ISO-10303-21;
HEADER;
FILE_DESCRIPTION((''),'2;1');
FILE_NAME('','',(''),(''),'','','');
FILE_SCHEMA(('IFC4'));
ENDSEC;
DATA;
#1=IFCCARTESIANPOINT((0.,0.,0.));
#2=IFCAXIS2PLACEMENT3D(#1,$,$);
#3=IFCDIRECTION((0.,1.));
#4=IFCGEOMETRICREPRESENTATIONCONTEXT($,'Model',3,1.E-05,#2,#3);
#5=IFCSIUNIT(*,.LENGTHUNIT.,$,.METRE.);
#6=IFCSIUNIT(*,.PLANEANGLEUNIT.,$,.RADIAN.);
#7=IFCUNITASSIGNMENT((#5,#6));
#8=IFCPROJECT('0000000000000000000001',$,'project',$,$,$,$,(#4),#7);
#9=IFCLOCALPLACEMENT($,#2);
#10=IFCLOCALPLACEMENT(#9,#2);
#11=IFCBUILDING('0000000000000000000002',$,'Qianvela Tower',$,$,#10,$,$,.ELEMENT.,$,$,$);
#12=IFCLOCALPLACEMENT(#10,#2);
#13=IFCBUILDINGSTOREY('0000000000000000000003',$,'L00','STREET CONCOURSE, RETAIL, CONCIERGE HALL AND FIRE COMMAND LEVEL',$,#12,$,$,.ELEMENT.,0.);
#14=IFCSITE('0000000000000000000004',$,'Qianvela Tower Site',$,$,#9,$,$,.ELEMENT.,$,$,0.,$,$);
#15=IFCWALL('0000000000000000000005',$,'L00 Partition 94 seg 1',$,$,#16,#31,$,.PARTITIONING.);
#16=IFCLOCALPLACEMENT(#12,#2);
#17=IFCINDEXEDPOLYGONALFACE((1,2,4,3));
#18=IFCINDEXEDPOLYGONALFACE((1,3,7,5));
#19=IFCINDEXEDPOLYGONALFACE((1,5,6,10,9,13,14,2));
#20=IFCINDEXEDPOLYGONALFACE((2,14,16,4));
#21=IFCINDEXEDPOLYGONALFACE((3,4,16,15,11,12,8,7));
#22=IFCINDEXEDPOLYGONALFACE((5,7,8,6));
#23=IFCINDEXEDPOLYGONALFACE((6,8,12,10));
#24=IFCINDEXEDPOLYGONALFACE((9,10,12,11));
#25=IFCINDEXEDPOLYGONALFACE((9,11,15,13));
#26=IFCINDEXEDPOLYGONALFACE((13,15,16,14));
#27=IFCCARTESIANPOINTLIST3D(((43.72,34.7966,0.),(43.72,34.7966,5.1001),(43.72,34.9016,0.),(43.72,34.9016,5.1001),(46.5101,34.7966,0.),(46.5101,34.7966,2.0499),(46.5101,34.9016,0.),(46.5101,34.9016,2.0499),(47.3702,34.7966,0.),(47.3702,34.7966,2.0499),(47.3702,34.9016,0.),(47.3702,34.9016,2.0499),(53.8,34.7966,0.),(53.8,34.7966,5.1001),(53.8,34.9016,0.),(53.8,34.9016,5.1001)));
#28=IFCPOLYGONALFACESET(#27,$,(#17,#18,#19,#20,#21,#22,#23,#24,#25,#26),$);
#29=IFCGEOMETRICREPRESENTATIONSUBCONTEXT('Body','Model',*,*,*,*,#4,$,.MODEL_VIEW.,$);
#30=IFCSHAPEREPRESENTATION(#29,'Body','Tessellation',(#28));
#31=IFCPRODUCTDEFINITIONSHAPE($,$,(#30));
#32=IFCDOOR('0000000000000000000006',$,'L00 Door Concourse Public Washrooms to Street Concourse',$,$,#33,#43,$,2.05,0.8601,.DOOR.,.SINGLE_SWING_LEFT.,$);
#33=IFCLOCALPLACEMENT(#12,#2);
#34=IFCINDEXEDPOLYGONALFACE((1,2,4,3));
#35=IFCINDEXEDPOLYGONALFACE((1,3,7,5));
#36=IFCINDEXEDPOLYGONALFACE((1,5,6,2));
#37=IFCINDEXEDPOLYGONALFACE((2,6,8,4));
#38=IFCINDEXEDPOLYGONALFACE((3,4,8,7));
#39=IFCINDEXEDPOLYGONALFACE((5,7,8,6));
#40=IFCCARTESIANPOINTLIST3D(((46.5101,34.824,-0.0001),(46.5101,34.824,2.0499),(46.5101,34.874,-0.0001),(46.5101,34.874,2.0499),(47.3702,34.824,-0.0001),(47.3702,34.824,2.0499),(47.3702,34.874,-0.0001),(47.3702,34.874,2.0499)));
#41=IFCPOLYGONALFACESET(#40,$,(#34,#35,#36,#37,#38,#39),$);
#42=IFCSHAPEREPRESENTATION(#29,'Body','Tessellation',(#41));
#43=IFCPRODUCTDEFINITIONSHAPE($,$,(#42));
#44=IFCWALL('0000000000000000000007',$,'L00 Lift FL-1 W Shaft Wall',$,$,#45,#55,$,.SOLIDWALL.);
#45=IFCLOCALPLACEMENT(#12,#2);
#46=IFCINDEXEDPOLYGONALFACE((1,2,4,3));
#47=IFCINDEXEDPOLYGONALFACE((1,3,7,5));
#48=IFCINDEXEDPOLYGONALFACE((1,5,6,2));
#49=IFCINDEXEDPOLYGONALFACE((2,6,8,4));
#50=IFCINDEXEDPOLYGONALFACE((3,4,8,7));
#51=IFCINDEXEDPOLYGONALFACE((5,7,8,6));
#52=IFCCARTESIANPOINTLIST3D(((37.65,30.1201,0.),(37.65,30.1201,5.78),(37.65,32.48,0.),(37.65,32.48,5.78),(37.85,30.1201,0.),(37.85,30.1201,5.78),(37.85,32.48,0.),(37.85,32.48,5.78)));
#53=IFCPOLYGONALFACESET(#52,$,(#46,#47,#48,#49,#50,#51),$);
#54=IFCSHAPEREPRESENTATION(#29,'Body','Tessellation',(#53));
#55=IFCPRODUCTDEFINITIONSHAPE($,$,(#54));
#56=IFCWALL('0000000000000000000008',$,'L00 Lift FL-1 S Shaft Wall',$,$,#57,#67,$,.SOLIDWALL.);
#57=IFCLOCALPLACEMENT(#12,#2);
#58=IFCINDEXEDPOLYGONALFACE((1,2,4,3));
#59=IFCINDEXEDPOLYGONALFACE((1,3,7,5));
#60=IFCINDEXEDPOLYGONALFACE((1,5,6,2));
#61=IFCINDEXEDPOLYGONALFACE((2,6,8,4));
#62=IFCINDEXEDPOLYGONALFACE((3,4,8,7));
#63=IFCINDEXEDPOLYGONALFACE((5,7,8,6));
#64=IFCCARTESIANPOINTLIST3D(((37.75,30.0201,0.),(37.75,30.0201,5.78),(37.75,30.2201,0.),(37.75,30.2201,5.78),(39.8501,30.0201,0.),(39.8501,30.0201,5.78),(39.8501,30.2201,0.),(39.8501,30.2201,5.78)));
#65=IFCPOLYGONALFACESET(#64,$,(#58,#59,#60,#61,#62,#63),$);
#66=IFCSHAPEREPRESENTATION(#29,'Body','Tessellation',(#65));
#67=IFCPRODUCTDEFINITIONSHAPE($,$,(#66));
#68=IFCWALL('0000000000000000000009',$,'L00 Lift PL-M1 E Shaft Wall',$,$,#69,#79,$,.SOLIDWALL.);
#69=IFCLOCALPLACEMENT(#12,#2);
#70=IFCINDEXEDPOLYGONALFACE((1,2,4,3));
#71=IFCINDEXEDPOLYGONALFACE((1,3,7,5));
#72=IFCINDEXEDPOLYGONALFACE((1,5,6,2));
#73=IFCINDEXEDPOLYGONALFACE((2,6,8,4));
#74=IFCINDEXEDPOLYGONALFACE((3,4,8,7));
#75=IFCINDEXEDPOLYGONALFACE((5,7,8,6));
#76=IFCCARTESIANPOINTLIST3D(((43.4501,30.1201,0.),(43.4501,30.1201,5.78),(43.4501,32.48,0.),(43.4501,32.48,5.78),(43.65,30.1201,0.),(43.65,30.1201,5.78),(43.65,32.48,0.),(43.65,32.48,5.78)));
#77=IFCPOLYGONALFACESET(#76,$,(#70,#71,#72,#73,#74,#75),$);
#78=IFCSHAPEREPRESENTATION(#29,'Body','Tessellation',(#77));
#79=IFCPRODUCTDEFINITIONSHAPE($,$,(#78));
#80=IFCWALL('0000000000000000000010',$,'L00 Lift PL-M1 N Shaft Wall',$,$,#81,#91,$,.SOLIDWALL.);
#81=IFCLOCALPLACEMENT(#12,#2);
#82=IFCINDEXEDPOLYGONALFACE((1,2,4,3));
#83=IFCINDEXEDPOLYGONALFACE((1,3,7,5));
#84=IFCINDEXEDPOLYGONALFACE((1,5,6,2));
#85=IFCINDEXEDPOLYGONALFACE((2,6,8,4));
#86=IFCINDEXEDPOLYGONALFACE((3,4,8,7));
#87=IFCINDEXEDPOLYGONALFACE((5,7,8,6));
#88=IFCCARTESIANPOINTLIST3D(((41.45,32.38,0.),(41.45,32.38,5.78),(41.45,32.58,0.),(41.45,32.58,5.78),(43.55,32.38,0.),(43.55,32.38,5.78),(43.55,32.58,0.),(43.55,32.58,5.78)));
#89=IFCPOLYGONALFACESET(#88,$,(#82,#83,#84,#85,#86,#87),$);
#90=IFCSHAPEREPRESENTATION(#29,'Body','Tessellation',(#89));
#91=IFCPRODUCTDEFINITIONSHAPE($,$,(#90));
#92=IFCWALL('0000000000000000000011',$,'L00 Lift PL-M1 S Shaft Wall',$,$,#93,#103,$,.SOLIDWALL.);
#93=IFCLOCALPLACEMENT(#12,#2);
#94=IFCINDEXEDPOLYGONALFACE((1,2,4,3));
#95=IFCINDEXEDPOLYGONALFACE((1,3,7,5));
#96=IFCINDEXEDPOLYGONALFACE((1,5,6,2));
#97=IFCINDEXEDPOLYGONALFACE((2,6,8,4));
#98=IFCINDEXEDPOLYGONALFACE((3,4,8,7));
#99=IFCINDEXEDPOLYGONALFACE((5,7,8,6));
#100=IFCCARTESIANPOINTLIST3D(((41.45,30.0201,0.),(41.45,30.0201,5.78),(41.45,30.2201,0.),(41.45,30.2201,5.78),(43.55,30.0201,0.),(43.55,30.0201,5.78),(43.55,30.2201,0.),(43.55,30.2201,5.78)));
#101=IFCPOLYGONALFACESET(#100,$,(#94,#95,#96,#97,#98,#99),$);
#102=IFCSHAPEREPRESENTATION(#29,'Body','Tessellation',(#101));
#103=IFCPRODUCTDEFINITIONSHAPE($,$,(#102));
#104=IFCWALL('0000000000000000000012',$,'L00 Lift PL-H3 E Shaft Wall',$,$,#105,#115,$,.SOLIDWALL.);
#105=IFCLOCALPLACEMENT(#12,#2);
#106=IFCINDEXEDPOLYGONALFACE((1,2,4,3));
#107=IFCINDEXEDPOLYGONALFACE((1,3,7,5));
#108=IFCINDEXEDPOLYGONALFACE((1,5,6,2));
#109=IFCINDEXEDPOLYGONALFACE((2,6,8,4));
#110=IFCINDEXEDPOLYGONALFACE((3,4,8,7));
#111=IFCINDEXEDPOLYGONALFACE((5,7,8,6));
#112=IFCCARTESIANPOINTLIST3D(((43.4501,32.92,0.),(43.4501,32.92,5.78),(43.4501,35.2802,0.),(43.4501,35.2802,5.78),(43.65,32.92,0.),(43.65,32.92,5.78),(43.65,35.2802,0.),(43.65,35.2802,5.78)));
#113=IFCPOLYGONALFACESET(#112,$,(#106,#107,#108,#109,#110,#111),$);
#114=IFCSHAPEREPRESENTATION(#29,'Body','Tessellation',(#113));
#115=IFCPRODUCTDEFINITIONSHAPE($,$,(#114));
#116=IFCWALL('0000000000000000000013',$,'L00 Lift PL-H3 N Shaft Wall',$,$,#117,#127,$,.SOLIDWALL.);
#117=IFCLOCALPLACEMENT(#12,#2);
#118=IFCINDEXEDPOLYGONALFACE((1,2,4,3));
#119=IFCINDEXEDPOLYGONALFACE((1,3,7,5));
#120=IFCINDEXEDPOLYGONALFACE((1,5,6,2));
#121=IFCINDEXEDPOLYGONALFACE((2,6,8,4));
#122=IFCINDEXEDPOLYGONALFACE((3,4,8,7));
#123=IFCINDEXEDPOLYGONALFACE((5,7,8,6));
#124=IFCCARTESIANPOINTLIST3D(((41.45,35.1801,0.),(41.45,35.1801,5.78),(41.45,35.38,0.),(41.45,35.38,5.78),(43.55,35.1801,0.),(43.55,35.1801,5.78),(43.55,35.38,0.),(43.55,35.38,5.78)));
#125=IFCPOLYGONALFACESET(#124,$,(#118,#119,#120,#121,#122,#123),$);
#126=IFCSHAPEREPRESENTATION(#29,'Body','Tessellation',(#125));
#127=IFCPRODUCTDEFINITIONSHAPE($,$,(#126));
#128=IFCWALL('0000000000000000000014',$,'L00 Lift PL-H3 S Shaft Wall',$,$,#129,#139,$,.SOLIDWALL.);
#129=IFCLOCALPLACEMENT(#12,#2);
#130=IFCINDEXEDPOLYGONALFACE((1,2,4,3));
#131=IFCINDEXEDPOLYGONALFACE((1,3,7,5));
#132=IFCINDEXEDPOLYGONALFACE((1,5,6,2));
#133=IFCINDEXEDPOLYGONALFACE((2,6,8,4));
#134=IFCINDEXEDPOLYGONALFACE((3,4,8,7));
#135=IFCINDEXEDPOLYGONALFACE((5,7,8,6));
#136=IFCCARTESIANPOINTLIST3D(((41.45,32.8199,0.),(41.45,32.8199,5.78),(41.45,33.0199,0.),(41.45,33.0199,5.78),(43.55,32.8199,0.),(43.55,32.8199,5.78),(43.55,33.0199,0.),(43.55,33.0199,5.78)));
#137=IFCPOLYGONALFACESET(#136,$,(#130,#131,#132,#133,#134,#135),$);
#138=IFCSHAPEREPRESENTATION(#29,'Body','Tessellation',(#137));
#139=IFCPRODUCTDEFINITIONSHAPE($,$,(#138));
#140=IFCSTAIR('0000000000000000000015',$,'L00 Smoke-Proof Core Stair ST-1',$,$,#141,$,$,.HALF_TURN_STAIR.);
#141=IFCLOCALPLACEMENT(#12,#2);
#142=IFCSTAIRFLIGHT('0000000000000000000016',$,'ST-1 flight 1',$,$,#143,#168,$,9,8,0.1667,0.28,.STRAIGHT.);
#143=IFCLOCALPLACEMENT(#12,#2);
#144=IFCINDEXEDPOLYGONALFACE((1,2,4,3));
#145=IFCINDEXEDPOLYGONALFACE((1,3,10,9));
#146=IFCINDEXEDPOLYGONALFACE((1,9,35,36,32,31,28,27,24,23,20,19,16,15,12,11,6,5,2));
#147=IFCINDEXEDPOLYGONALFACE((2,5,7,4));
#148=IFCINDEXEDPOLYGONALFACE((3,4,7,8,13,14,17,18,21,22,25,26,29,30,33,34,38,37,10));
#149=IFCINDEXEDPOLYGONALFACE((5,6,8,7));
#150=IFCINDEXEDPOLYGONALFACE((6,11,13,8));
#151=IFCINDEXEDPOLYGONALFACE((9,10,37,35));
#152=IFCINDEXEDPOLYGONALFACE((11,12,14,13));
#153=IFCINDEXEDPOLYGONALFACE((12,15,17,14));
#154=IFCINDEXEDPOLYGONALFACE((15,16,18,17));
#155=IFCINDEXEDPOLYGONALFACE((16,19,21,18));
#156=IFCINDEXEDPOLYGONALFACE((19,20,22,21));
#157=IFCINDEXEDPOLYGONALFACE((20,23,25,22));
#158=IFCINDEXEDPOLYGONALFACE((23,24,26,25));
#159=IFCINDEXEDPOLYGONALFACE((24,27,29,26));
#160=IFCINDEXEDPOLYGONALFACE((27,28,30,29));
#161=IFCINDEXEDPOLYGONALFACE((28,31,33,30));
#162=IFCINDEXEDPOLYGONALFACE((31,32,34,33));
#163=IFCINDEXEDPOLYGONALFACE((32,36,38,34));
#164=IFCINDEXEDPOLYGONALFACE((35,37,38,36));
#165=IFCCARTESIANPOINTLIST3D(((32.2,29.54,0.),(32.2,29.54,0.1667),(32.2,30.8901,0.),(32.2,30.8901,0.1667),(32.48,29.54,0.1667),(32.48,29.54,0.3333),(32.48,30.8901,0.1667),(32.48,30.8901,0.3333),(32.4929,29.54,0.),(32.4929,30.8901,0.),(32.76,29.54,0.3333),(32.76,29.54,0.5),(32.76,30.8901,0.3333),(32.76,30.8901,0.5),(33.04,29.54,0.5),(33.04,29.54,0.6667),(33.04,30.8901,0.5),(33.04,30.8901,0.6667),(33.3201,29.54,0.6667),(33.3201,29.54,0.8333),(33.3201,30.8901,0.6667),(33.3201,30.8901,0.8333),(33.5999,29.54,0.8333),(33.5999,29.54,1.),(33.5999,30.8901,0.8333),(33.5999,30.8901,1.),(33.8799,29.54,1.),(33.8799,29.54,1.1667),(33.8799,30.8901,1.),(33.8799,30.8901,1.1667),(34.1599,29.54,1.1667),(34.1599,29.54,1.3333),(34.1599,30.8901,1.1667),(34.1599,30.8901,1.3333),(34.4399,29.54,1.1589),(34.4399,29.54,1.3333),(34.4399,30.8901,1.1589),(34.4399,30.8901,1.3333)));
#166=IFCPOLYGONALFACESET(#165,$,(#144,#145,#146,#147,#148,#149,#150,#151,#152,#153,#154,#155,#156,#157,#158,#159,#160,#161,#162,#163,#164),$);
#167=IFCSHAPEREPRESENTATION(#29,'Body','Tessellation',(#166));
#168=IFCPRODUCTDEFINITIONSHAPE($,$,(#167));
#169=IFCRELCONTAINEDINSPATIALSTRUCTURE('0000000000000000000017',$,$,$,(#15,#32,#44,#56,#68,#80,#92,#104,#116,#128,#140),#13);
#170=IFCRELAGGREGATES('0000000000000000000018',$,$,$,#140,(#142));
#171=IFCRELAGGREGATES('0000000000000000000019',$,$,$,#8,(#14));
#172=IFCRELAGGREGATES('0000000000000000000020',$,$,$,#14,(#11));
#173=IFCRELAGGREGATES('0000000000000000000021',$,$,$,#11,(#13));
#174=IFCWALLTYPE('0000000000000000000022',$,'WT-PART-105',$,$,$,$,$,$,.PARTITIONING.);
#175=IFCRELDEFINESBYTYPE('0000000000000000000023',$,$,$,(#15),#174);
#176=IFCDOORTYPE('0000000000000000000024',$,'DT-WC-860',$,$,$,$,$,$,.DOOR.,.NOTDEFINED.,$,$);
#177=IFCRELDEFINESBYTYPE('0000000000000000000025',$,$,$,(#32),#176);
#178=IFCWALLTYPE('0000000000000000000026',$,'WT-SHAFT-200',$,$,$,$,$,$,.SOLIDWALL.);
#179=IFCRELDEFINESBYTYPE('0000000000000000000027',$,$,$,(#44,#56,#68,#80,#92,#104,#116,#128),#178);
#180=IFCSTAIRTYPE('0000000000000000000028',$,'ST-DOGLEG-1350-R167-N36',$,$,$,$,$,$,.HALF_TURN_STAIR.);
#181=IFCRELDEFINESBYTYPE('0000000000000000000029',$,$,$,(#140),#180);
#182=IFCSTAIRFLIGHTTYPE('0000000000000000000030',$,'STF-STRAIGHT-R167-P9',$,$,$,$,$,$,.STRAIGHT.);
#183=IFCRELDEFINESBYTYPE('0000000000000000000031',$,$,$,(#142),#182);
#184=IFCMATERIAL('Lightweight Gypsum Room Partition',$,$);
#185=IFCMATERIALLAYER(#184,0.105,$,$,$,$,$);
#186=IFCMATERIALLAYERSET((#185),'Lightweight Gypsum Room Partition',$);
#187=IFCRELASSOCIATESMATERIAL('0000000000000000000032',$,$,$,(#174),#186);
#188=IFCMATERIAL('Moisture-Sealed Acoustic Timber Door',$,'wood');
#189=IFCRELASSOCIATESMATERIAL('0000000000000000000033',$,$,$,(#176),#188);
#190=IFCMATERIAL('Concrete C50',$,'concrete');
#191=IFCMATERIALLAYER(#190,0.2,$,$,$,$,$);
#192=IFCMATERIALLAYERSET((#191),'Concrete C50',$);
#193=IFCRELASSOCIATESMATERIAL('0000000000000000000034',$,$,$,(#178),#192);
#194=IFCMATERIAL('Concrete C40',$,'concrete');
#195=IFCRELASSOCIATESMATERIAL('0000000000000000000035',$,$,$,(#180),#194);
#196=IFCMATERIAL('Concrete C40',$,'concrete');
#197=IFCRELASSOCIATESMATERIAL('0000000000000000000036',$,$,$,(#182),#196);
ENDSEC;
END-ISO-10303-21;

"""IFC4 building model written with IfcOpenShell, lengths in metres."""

from ifc_helpers import new_model, si_unit, direction, frame, frame_2d, origin, place, context, subcontext, project, spatial, polyline, rectangle, outline, extrude, material, layer, layer_set, type_object, element, fill, aggregate, save


model = new_model("IFC4")

# Units and contexts
model_context = context("Model", 3, precision=1e-05, world=origin(), true_north=direction((0.0, 1.0)))
body_context = subcontext(model_context, "Body", "Model", "MODEL_VIEW")
ifc_project = project(units=[si_unit("LENGTHUNIT", "METRE"), si_unit("PLANEANGLEUNIT", "RADIAN")], contexts=[model_context])

# Site, building, storey
site_placement = place(None, origin())
site = spatial("IfcSite", under=ifc_project, at=site_placement, Name="Qianvela Tower Site", CompositionType="ELEMENT", RefElevation=0.0)
building_placement = place(site_placement, origin())
building = spatial("IfcBuilding", under=site, at=building_placement, Name="Qianvela Tower", CompositionType="ELEMENT")
storey_placement = place(building_placement, origin())
storey = spatial("IfcBuildingStorey", under=building, at=storey_placement, Name="L00", Description="STREET CONCOURSE, RETAIL, CONCIERGE HALL AND FIRE COMMAND LEVEL", CompositionType="ELEMENT", Elevation=0.0)

# Wall, opening, door
ifc_material_1 = material(Name="Lightweight Gypsum Room Partition")
ifc_layer_1 = layer(ifc_material_1, 0.105)
ifc_layer_set_1 = layer_set([ifc_layer_1], Name="Lightweight Gypsum Room Partition")
wall_type_1 = type_object("IfcWallType", Name="WT-PART-105", PredefinedType="PARTITIONING", material=ifc_layer_set_1)
wall_1_placement = place(storey_placement, frame((43.72, 34.8491, 0.0), z_axis=(0.0, 0.0, 1.0), x_axis=(1.0, 0.0, 0.0)))
wall_1 = element("IfcWall", 1, at=wall_1_placement, inside=storey, type_object=wall_type_1, Name="L00 Partition 94 seg 1", PredefinedType="PARTITIONING", context=body_context, shape_type="SweptSolid", body=[
    extrude(rectangle(XDim=10.0801, YDim=0.105, at=frame_2d((5.04, 0.0))), origin(), (0.0, 0.0, 1.0), 5.1001),
])
opening_1_placement = place(wall_1_placement, frame((2.79, 0.0, 0.0)))
opening_1 = element("IfcOpeningElement", 2, at=opening_1_placement, cuts=wall_1, PredefinedType="OPENING", context=body_context, shape_type="SweptSolid", body=[
    extrude(rectangle(XDim=0.8601, YDim=2.05, at=frame_2d((0.4302, 1.0249))), frame((0.0, 0.0625, 0.0), z_axis=(0.0, -1.0, 0.0), x_axis=(1.0, 0.0, 0.0)), (0.0, 0.0, 1.0), 0.125),
])
ifc_material_2 = material(Name="Moisture-Sealed Acoustic Timber Door", Category="wood")
door_type_1 = type_object("IfcDoorType", Name="DT-WC-860", OperationType="NOTDEFINED", PredefinedType="DOOR", material=ifc_material_2)
door_1_placement = place(opening_1_placement, origin())
door_1 = element("IfcDoor", 3, at=door_1_placement, inside=storey, type_object=door_type_1, Name="L00 Door Concourse Public Washrooms to Street Concourse", OperationType="SINGLE_SWING_LEFT", OverallHeight=2.05, OverallWidth=0.8601, PredefinedType="DOOR", context=body_context, shape_type="SweptSolid", body=[
    extrude(rectangle(XDim=0.8601, YDim=2.05, at=frame_2d((0.4302, 1.0249))), frame((0.0, 0.0249, 0.0), z_axis=(0.0, -1.0, 0.0), x_axis=(1.0, 0.0, 0.0)), (0.0, 0.0, 1.0), 0.05),
])
fill(opening_1, door_1)
ifc_material_3 = material(Name="Concrete C50", Category="concrete")
ifc_layer_2 = layer(ifc_material_3, 0.2)
ifc_layer_set_2 = layer_set([ifc_layer_2], Name="Concrete C50")
wall_type_2 = type_object("IfcWallType", Name="WT-SHAFT-200", PredefinedType="SOLIDWALL", material=ifc_layer_set_2)

# Walls
wall_2_placement = place(storey_placement, frame((37.75, 30.1201, 0.0), z_axis=(0.0, 0.0, 1.0), x_axis=(0.0, 1.0, 0.0)))
element("IfcWall", 4, at=wall_2_placement, inside=storey, type_object=wall_type_2, Name="L00 Lift FL-1 W Shaft Wall", PredefinedType="SOLIDWALL", context=body_context, shape_type="SweptSolid", body=[
    extrude(rectangle(XDim=2.3599, YDim=0.2, at=frame_2d((1.1799, 0.0))), origin(), (0.0, 0.0, 1.0), 5.78),
])
wall_3_placement = place(storey_placement, frame((37.75, 30.1201, 0.0), z_axis=(0.0, 0.0, 1.0), x_axis=(1.0, 0.0, 0.0)))
element("IfcWall", 5, at=wall_3_placement, inside=storey, type_object=wall_type_2, Name="L00 Lift FL-1 S Shaft Wall", PredefinedType="SOLIDWALL", context=body_context, shape_type="SweptSolid", body=[
    extrude(rectangle(XDim=2.1001, YDim=0.2, at=frame_2d((1.05, 0.0))), origin(), (0.0, 0.0, 1.0), 5.78),
])
wall_4_placement = place(storey_placement, frame((43.55, 30.1201, 0.0), z_axis=(0.0, 0.0, 1.0), x_axis=(0.0, 1.0, 0.0)))
element("IfcWall", 6, at=wall_4_placement, inside=storey, type_object=wall_type_2, Name="L00 Lift PL-M1 E Shaft Wall", PredefinedType="SOLIDWALL", context=body_context, shape_type="SweptSolid", body=[
    extrude(rectangle(XDim=2.3599, YDim=0.2, at=frame_2d((1.1799, 0.0))), origin(), (0.0, 0.0, 1.0), 5.78),
])

# Walls
for number, where, z_axis, x_axis, name in (
    (7, (41.45, 32.48, 0.0), (0.0, 0.0, 1.0), (1.0, 0.0, 0.0), "L00 Lift PL-M1 N Shaft Wall"),
    (8, (41.45, 30.1201, 0.0), (0.0, 0.0, 1.0), (1.0, 0.0, 0.0), "L00 Lift PL-M1 S Shaft Wall"),
):
    element("IfcWall", number, at=place(storey_placement, frame(where, z_axis=z_axis, x_axis=x_axis)), inside=storey, type_object=wall_type_2, Name=name, PredefinedType="SOLIDWALL", context=body_context, shape_type="SweptSolid", body=[
        extrude(rectangle(XDim=2.1001, YDim=0.2, at=frame_2d((1.05, 0.0))), origin(), (0.0, 0.0, 1.0), 5.78),
    ])
wall_5_placement = place(storey_placement, frame((43.55, 32.9199, 0.0), z_axis=(0.0, 0.0, 1.0), x_axis=(0.0, 1.0, 0.0)))
element("IfcWall", 9, at=wall_5_placement, inside=storey, type_object=wall_type_2, Name="L00 Lift PL-H3 E Shaft Wall", PredefinedType="SOLIDWALL", context=body_context, shape_type="SweptSolid", body=[
    extrude(rectangle(XDim=2.3601, YDim=0.2, at=frame_2d((1.1802, 0.0))), origin(), (0.0, 0.0, 1.0), 5.78),
])

# Walls
for number, where, z_axis, x_axis, name in (
    (10, (41.45, 35.28, 0.0), (0.0, 0.0, 1.0), (1.0, 0.0, 0.0), "L00 Lift PL-H3 N Shaft Wall"),
    (11, (41.45, 32.9199, 0.0), (0.0, 0.0, 1.0), (1.0, 0.0, 0.0), "L00 Lift PL-H3 S Shaft Wall"),
):
    element("IfcWall", number, at=place(storey_placement, frame(where, z_axis=z_axis, x_axis=x_axis)), inside=storey, type_object=wall_type_2, Name=name, PredefinedType="SOLIDWALL", context=body_context, shape_type="SweptSolid", body=[
        extrude(rectangle(XDim=2.1001, YDim=0.2, at=frame_2d((1.05, 0.0))), origin(), (0.0, 0.0, 1.0), 5.78),
    ])

# Stair, stair flight
ifc_material_4 = material(Name="Concrete C40", Category="concrete")
stair_type = type_object("IfcStairType", Name="ST-DOGLEG-1350-R167-N36", PredefinedType="HALF_TURN_STAIR", material=ifc_material_4)
stair_placement = place(storey_placement, origin())
stair = element("IfcStair", 12, at=stair_placement, inside=storey, type_object=stair_type, Name="L00 Smoke-Proof Core Stair ST-1", PredefinedType="HALF_TURN_STAIR")
ifc_material_5 = material(Name="Concrete C40", Category="concrete")
stair_flight_type = type_object("IfcStairFlightType", Name="STF-STRAIGHT-R167-P9", PredefinedType="STRAIGHT", material=ifc_material_5)
stair_flight_1_placement = place(storey_placement, frame((32.2, 30.2151, 0.0), z_axis=(0.0, 0.0, 1.0), x_axis=(1.0, 0.0, 0.0)))
stair_flight_1 = element("IfcStairFlight", 13, at=stair_flight_1_placement, type_object=stair_flight_type, Name="ST-1 flight 1", NumberOfRisers=9, NumberOfTreads=8, PredefinedType="STRAIGHT", RiserHeight=0.1667, TreadLength=0.28, context=body_context, shape_type="SweptSolid", body=[
    extrude(outline(polyline([(0.0, 0.0), (0.0, 0.1667), (0.28, 0.1667), (0.28, 0.3333), (0.5601, 0.3333), (0.5601, 0.5), (0.8401, 0.5), (0.8401, 0.6667), (1.1201, 0.6667), (1.1201, 0.8333), (1.3999, 0.8333), (1.3999, 1.0), (1.6799, 1.0), (1.6799, 1.1667), (1.96, 1.1667), (1.96, 1.3333), (2.24, 1.3333), (2.24, 1.5), (2.24, 1.1589), (0.293, 0.0), (0.0, 0.0)])), frame((0.0, 0.675, 0.0), z_axis=(0.0, -1.0, 0.0), x_axis=(1.0, 0.0, 0.0)), (0.0, 0.0, 1.0), 1.3501),
])
aggregate(stair, [stair_flight_1])

save(model, "model.ifc")
